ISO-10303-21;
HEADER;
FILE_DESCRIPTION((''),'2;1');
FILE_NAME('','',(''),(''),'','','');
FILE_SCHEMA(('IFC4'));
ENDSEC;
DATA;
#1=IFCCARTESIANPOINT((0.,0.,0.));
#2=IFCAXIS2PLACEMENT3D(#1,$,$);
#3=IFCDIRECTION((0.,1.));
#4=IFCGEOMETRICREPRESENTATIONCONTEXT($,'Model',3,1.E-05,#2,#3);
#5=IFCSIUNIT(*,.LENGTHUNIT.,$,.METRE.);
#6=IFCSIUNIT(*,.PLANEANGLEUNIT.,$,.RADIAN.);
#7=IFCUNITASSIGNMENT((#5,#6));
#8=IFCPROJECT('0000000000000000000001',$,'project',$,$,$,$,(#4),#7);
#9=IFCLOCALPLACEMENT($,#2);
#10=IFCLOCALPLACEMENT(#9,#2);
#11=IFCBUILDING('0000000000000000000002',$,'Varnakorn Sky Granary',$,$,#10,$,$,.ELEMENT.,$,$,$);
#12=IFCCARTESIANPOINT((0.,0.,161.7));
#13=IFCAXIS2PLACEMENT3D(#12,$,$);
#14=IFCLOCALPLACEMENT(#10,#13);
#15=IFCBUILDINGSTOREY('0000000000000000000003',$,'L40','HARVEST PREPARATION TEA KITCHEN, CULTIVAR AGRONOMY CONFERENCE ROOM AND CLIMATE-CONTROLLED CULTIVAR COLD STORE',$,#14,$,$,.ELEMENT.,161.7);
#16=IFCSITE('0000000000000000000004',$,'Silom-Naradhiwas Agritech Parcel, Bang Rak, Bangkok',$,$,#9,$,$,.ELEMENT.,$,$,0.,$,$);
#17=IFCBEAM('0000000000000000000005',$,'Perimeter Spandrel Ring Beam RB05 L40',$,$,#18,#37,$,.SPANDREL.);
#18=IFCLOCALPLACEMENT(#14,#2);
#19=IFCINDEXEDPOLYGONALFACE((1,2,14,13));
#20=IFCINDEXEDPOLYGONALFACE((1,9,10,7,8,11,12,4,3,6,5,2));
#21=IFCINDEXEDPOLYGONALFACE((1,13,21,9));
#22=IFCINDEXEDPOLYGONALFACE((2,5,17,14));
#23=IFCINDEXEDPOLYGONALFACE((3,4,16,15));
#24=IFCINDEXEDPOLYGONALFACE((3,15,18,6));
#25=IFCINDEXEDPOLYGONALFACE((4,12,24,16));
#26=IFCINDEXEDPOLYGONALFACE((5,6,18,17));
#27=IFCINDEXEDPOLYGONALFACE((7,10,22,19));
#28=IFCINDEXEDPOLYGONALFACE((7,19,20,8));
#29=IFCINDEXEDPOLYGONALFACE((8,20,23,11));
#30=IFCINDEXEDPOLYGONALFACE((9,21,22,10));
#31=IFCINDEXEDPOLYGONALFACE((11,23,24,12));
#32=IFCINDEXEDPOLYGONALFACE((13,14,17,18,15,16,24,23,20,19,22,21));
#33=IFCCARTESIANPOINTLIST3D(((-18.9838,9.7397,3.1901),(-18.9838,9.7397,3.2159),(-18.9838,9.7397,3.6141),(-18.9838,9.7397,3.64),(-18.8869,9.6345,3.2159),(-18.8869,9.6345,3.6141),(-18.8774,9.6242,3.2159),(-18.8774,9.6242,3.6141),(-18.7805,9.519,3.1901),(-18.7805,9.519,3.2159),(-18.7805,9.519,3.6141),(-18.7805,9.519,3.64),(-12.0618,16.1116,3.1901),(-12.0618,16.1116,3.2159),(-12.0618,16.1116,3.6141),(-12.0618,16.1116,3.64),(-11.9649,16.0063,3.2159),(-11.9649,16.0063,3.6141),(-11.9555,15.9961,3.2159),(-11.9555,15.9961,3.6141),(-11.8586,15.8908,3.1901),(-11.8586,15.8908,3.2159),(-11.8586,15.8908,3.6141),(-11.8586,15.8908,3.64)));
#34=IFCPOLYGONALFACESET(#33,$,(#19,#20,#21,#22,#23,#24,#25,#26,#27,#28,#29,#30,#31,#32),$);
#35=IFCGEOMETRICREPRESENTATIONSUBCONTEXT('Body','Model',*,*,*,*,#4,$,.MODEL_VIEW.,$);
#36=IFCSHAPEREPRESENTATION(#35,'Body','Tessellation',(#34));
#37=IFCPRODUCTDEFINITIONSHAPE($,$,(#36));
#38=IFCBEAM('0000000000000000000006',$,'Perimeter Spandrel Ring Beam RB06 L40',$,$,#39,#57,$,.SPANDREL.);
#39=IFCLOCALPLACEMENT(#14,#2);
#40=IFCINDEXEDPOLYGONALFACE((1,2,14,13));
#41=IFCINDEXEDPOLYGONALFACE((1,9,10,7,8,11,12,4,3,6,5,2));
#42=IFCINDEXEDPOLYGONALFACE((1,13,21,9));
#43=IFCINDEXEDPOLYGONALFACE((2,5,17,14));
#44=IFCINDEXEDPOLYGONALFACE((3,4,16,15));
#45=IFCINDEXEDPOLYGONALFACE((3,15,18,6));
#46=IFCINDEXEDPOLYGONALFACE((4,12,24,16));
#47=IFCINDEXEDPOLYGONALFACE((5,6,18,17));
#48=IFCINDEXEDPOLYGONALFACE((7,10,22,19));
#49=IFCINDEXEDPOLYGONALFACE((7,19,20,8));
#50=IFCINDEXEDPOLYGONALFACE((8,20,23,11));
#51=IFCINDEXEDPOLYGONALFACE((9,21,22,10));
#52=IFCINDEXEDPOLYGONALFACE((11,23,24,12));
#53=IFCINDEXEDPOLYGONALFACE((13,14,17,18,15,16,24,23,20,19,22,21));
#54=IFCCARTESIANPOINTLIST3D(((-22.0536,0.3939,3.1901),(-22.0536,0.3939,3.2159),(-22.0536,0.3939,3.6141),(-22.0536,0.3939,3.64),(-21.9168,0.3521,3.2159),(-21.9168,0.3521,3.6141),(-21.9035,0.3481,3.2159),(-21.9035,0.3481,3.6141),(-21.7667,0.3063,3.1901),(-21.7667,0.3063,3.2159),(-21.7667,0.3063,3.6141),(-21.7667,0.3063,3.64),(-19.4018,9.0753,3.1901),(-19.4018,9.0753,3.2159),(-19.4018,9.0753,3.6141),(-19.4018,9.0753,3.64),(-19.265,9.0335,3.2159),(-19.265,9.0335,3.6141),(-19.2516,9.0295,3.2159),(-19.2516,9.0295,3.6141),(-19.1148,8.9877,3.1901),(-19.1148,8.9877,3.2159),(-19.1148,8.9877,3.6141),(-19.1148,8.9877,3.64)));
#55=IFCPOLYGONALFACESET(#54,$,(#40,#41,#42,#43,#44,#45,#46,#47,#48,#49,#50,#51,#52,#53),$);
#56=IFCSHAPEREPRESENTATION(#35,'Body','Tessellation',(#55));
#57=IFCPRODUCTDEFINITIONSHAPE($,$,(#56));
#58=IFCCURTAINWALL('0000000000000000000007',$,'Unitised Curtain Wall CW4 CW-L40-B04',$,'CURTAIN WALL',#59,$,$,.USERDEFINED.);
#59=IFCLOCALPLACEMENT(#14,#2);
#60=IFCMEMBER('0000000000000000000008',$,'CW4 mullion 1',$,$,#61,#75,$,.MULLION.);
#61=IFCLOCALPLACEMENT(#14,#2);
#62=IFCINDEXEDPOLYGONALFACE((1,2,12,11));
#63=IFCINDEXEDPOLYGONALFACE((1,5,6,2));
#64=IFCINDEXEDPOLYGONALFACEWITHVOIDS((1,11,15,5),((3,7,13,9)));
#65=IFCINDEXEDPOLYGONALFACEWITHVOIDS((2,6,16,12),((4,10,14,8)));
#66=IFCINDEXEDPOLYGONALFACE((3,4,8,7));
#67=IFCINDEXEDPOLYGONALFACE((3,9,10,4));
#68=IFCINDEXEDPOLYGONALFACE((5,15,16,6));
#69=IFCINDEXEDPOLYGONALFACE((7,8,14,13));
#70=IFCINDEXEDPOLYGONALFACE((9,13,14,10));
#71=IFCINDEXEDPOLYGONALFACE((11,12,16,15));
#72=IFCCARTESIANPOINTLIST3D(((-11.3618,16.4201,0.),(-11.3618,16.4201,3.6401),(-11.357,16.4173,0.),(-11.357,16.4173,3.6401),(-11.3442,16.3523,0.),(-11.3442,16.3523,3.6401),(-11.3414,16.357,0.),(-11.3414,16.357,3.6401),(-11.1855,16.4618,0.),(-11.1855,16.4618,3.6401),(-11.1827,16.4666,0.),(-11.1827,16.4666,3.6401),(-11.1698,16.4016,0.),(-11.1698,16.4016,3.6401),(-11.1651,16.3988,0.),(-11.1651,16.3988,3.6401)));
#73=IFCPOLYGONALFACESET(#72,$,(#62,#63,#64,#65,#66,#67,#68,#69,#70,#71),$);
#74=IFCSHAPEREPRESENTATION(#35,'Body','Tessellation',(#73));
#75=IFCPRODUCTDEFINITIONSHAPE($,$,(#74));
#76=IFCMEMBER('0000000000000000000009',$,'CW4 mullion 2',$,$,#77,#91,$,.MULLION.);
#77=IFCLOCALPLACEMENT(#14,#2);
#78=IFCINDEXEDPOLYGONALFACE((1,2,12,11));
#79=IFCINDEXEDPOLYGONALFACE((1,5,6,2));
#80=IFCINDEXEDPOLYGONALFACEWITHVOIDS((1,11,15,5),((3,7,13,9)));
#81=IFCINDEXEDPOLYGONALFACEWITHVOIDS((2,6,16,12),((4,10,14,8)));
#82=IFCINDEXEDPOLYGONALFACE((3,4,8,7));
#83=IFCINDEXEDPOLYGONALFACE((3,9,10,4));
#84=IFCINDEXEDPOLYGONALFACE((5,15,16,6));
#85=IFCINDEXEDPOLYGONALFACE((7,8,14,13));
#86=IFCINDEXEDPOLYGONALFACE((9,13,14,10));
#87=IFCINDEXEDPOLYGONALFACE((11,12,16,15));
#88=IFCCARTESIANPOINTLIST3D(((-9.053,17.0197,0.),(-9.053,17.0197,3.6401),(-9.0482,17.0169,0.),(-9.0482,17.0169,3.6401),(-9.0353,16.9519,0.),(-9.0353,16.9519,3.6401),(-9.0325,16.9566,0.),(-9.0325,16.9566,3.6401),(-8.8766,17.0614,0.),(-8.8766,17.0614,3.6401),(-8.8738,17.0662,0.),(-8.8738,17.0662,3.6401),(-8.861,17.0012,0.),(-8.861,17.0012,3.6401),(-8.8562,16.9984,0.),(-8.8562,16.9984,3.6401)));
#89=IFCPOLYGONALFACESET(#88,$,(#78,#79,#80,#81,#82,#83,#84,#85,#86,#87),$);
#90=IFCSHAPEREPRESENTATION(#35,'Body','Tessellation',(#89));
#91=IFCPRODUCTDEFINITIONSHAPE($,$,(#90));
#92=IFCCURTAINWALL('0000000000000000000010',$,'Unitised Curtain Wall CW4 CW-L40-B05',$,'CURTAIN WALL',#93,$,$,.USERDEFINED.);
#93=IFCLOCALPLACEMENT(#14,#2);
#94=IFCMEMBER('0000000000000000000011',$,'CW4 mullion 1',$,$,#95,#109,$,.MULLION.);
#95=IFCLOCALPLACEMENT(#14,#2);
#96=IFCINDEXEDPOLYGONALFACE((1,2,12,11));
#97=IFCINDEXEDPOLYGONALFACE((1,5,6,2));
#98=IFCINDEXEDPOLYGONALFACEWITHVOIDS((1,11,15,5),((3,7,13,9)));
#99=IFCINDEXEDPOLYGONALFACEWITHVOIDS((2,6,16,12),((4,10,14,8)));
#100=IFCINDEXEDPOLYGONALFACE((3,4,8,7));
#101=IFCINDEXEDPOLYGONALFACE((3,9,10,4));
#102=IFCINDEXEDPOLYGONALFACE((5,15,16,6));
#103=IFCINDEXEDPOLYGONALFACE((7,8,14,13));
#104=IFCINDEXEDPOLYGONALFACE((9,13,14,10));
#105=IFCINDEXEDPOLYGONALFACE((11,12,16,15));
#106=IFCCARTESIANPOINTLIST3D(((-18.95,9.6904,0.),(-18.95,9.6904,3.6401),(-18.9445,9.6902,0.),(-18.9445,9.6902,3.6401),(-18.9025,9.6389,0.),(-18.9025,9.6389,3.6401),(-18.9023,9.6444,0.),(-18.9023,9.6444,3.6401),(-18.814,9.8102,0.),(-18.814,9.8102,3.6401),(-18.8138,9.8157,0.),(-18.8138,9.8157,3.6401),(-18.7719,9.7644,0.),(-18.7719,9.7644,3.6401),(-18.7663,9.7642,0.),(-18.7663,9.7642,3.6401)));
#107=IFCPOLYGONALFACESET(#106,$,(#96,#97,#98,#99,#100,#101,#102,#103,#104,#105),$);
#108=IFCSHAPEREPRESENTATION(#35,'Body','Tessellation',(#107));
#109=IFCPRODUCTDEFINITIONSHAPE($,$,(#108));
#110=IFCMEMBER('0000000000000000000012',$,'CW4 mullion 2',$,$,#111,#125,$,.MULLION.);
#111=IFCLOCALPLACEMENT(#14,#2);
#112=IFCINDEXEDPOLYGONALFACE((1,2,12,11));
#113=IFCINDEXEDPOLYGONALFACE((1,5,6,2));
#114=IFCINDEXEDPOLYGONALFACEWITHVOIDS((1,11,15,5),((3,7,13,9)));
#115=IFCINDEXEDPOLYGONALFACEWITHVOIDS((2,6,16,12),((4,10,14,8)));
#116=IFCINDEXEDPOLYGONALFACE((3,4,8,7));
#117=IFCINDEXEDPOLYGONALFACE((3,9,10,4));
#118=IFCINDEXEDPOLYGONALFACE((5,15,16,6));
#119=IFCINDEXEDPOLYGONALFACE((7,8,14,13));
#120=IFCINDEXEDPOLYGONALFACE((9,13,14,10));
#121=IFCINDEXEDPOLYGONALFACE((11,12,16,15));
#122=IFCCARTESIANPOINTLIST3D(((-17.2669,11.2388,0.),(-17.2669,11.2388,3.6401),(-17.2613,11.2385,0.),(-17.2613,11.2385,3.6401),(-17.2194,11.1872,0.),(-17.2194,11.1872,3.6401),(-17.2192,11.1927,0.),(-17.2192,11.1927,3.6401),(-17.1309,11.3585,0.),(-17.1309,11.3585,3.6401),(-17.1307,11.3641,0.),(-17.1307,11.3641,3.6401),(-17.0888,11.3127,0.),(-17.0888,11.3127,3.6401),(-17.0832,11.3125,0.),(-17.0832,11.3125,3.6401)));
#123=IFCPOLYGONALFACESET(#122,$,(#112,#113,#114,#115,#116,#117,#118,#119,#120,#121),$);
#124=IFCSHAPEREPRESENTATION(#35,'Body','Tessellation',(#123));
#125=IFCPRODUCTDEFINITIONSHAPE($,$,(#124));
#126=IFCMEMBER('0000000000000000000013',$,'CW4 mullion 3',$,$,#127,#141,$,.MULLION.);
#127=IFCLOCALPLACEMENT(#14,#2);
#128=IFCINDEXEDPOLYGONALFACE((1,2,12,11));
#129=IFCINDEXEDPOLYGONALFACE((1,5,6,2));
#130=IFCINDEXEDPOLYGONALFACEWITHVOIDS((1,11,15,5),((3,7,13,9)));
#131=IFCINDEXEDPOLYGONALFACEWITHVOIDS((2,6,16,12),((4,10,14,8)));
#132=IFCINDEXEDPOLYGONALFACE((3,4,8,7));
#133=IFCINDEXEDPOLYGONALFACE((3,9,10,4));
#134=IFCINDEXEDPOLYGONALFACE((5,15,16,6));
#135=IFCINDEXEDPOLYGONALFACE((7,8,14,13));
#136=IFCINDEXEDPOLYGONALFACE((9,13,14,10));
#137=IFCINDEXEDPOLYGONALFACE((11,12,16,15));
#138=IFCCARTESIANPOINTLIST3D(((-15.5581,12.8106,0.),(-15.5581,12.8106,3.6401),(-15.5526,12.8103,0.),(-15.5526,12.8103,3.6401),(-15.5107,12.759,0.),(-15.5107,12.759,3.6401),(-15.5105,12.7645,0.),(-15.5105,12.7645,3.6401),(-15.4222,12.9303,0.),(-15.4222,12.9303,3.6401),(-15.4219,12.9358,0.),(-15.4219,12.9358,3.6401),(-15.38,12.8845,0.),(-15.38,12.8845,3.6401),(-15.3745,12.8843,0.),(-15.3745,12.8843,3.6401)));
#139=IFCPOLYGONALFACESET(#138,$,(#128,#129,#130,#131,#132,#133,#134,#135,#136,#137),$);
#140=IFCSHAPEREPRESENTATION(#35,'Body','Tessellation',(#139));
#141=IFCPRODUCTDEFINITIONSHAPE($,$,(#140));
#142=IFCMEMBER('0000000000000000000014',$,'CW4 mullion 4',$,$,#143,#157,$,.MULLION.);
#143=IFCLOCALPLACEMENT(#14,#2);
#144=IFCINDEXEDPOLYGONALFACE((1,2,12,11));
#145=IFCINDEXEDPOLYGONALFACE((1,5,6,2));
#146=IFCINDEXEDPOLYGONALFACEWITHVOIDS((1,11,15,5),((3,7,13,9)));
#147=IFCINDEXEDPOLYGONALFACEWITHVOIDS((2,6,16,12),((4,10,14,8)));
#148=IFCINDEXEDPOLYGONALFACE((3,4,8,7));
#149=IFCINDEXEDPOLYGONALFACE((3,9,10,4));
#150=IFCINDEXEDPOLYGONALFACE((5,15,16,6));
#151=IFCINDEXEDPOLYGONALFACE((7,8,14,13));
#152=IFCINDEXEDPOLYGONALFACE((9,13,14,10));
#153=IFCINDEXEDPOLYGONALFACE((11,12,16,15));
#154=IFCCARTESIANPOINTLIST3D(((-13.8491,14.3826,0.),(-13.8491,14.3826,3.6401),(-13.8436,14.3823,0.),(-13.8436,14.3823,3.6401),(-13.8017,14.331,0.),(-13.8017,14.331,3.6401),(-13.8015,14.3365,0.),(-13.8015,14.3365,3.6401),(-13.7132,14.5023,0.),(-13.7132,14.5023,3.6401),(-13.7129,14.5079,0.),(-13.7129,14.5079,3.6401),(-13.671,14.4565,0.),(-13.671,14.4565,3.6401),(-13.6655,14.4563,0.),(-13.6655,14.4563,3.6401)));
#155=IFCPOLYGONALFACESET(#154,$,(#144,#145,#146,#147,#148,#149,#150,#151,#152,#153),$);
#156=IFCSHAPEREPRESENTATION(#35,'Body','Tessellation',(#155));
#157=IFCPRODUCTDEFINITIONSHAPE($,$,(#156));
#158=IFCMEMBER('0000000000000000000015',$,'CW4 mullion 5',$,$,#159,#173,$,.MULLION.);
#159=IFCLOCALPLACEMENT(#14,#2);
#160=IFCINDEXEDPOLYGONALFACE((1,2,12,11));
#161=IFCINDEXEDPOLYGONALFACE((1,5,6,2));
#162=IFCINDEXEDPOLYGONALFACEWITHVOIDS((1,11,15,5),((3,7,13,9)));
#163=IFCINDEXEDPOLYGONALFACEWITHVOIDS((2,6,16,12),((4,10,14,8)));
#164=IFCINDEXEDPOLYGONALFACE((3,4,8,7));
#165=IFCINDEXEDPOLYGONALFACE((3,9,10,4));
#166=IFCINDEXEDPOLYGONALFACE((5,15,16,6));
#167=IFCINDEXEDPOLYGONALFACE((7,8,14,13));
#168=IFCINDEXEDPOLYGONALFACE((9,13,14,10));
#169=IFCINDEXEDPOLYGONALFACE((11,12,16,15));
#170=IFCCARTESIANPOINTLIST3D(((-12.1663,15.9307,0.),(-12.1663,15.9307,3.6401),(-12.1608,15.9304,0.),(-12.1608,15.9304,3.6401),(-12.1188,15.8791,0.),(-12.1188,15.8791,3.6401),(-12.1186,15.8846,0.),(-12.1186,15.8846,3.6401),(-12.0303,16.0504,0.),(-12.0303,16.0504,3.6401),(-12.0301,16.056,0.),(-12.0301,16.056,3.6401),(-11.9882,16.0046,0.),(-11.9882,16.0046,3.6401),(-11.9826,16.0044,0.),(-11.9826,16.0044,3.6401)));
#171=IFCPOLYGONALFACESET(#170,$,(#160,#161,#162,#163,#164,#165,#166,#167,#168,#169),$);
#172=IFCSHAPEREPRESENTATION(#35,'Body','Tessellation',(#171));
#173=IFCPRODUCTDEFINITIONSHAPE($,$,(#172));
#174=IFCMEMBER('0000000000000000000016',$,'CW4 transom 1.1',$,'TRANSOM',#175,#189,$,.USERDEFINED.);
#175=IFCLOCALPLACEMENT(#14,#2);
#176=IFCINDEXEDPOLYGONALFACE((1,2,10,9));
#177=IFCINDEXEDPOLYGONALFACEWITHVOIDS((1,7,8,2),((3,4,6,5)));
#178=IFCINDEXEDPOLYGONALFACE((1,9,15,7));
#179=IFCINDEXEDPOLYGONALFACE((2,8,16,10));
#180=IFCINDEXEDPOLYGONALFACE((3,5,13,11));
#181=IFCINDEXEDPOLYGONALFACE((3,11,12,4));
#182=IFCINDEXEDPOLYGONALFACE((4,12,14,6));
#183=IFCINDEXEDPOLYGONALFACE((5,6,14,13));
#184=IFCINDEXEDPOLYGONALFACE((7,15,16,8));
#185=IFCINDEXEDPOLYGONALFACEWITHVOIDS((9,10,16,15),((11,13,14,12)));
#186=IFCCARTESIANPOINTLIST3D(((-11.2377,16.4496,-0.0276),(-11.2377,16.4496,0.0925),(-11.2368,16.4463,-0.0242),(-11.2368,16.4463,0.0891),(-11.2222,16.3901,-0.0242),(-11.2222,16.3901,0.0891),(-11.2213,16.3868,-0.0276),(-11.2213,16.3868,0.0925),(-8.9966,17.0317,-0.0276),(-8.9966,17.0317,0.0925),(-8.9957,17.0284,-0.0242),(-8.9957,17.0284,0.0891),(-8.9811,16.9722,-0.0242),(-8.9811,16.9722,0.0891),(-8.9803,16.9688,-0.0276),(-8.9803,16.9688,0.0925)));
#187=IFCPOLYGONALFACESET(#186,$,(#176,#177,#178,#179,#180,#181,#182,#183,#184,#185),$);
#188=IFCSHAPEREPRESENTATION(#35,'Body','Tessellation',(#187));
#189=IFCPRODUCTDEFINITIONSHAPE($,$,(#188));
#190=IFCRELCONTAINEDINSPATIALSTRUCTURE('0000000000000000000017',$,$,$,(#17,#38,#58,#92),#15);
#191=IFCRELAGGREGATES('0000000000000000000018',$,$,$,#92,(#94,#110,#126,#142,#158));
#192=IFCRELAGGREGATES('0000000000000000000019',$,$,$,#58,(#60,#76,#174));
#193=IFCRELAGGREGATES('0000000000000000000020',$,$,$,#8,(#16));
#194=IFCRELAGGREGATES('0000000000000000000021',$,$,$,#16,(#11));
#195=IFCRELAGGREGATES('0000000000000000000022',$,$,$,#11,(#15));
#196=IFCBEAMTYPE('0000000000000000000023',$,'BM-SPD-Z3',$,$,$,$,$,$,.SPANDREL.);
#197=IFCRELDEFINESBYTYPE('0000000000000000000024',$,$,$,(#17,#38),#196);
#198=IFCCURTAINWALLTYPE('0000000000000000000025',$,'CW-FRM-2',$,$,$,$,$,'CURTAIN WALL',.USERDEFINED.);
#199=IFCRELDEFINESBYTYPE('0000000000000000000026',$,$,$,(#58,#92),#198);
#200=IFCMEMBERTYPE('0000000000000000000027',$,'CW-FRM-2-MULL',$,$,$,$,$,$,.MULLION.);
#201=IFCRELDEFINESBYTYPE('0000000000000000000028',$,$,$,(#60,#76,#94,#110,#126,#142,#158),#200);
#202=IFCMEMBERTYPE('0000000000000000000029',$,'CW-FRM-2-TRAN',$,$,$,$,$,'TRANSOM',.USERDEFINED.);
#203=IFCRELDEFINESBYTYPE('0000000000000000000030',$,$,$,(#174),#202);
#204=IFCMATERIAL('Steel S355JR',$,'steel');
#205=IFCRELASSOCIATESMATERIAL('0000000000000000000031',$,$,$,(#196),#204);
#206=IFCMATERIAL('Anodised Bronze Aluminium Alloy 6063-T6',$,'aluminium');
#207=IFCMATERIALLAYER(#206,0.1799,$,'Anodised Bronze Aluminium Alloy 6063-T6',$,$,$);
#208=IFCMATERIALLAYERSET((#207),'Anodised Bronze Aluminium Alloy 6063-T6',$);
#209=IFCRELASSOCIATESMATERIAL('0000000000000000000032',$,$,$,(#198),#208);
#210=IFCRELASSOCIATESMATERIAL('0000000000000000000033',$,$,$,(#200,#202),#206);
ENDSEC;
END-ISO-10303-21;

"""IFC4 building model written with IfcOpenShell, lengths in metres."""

from ifc_helpers import new_model, si_unit, direction, frame, origin, origin_2d, place, context, subcontext, project, spatial, hollow_rectangle, i_section, extrude, material, layer, layer_set, material_profile, profile_set, type_object, element, aggregate, save


model = new_model("IFC4")

# Units and contexts
model_context = context("Model", 3, precision=1e-05, world=origin(), true_north=direction((0.0, 1.0)))
body_context = subcontext(model_context, "Body", "Model", "MODEL_VIEW")
ifc_project = project(units=[si_unit("LENGTHUNIT", "METRE"), si_unit("PLANEANGLEUNIT", "RADIAN")], contexts=[model_context])

# Site, building, storey
site_placement = place(None, origin())
site = spatial("IfcSite", under=ifc_project, at=site_placement, Name="Silom-Naradhiwas Agritech Parcel, Bang Rak, Bangkok", CompositionType="ELEMENT", RefElevation=0.0)
building_placement = place(site_placement, origin())
building = spatial("IfcBuilding", under=site, at=building_placement, Name="Varnakorn Sky Granary", CompositionType="ELEMENT")
storey_placement = place(building_placement, frame((0.0, 0.0, 161.7)))
storey = spatial("IfcBuildingStorey", under=building, at=storey_placement, Name="L40", Description="HARVEST PREPARATION TEA KITCHEN, CULTIVAR AGRONOMY CONFERENCE ROOM AND CLIMATE-CONTROLLED CULTIVAR COLD STORE", CompositionType="ELEMENT", Elevation=161.7)

# Beams
ifc_material_1 = material(Name="Steel S355JR", Category="steel")
ifc_material_profile_1 = material_profile(ifc_material_1, i_section(OverallWidth=0.3, OverallDepth=0.45, WebThickness=0.0139, FlangeThickness=0.0259, at=origin_2d()), Name="HE 450 B")
ifc_profile_set_1 = profile_set([ifc_material_profile_1], Name="Steel S355JR")
beam_type_1 = type_object("IfcBeamType", Name="BM-SPD-Z3", PredefinedType="SPANDREL", material=ifc_profile_set_1)
beam_1_placement = place(storey_placement, frame((-11.9602, 16.0012, 3.415), z_axis=(-0.735735, -0.67727, 0.0), x_axis=(0.67727, -0.735735, 0.0)))
element("IfcBeam", 1, at=beam_1_placement, inside=storey, type_object=beam_type_1, Name="Perimeter Spandrel Ring Beam RB05 L40", PredefinedType="SPANDREL", context=body_context, shape_type="SweptSolid", body=[
    extrude(i_section(OverallWidth=0.3, OverallDepth=0.45, WebThickness=0.0139, FlangeThickness=0.0259, at=origin_2d()), origin(), (0.0, 0.0, 1.0), 9.4082),
])
beam_2_placement = place(storey_placement, frame((-19.2583, 9.0315, 3.415), z_axis=(-0.292139, -0.956376, 0.0), x_axis=(0.956376, -0.292139, 0.0)))
element("IfcBeam", 2, at=beam_2_placement, inside=storey, type_object=beam_type_1, Name="Perimeter Spandrel Ring Beam RB06 L40", PredefinedType="SPANDREL", context=body_context, shape_type="SweptSolid", body=[
    extrude(i_section(OverallWidth=0.3, OverallDepth=0.45, WebThickness=0.0139, FlangeThickness=0.0259, at=origin_2d()), origin(), (0.0, 0.0, 1.0), 9.0774),
])

# Curtain walls, members
ifc_material_2 = material(Name="Anodised Bronze Aluminium Alloy 6063-T6", Category="aluminium")
ifc_layer_1 = layer(ifc_material_2, 0.1799, Name="Anodised Bronze Aluminium Alloy 6063-T6")
ifc_layer_set_1 = layer_set([ifc_layer_1], Name="Anodised Bronze Aluminium Alloy 6063-T6")
curtain_wall_type = type_object("IfcCurtainWallType", Name="CW-FRM-2", ElementType="CURTAIN WALL", PredefinedType="USERDEFINED", material=ifc_layer_set_1)
curtain_wall_1_placement = place(storey_placement, origin())
curtain_wall_1 = element("IfcCurtainWall", 3, at=curtain_wall_1_placement, inside=storey, type_object=curtain_wall_type, Name="Unitised Curtain Wall CW4 CW-L40-B04", ObjectType="CURTAIN WALL", PredefinedType="USERDEFINED")
ifc_material_profile_2 = material_profile(ifc_material_2, hollow_rectangle(XDim=0.0701, YDim=0.1851, WallThickness=0.0039, at=origin_2d()), Name="ALU MULL 70x185")
ifc_profile_set_2 = profile_set([ifc_material_profile_2], Name="Anodised Bronze Aluminium Alloy 6063-T6")
member_type_1 = type_object("IfcMemberType", Name="CW-FRM-2-MULL", PredefinedType="MULLION", material=ifc_profile_set_2)
member_1_placement = place(storey_placement, frame((-11.2634, 16.4094, 0.0), z_axis=(0.0, 0.0, 1.0), x_axis=(-0.251363, 0.967893, 0.0)))
member_1 = element("IfcMember", 4, at=member_1_placement, type_object=member_type_1, Name="CW4 mullion 1", PredefinedType="MULLION", context=body_context, shape_type="SweptSolid", body=[
    extrude(hollow_rectangle(XDim=0.0701, YDim=0.1851, WallThickness=0.0039, at=origin_2d()), origin(), (0.0, 0.0, 1.0), 3.6401),
])
member_2_placement = place(storey_placement, frame((-8.9546, 17.009, 0.0), z_axis=(0.0, 0.0, 1.0), x_axis=(-0.251363, 0.967893, 0.0)))
member_2 = element("IfcMember", 5, at=member_2_placement, type_object=member_type_1, Name="CW4 mullion 2", PredefinedType="MULLION", context=body_context, shape_type="SweptSolid", body=[
    extrude(hollow_rectangle(XDim=0.0701, YDim=0.1851, WallThickness=0.0039, at=origin_2d()), origin(), (0.0, 0.0, 1.0), 3.6401),
])
curtain_wall_2_placement = place(storey_placement, origin())
curtain_wall_2 = element("IfcCurtainWall", 6, at=curtain_wall_2_placement, inside=storey, type_object=curtain_wall_type, Name="Unitised Curtain Wall CW4 CW-L40-B05", ObjectType="CURTAIN WALL", PredefinedType="USERDEFINED")
member_3_placement = place(storey_placement, frame((-18.8582, 9.7273, 0.0), z_axis=(0.0, 0.0, 1.0), x_axis=(-0.677011, 0.735973, 0.0)))
member_3 = element("IfcMember", 7, at=member_3_placement, type_object=member_type_1, Name="CW4 mullion 1", PredefinedType="MULLION", context=body_context, shape_type="SweptSolid", body=[
    extrude(hollow_rectangle(XDim=0.0701, YDim=0.1851, WallThickness=0.0039, at=origin_2d()), origin(), (0.0, 0.0, 1.0), 3.6401),
])
member_4_placement = place(storey_placement, frame((-17.175, 11.2756, 0.0), z_axis=(0.0, 0.0, 1.0), x_axis=(-0.677011, 0.735973, 0.0)))
member_4 = element("IfcMember", 8, at=member_4_placement, type_object=member_type_1, Name="CW4 mullion 2", PredefinedType="MULLION", context=body_context, shape_type="SweptSolid", body=[
    extrude(hollow_rectangle(XDim=0.0701, YDim=0.1851, WallThickness=0.0039, at=origin_2d()), origin(), (0.0, 0.0, 1.0), 3.6401),
])
member_5_placement = place(storey_placement, frame((-15.4663, 12.8474, 0.0), z_axis=(0.0, 0.0, 1.0), x_axis=(-0.677011, 0.735973, 0.0)))
member_5 = element("IfcMember", 9, at=member_5_placement, type_object=member_type_1, Name="CW4 mullion 3", PredefinedType="MULLION", context=body_context, shape_type="SweptSolid", body=[
    extrude(hollow_rectangle(XDim=0.0701, YDim=0.1851, WallThickness=0.0039, at=origin_2d()), origin(), (0.0, 0.0, 1.0), 3.6401),
])
member_6_placement = place(storey_placement, frame((-13.7573, 14.4194, 0.0), z_axis=(0.0, 0.0, 1.0), x_axis=(-0.677011, 0.735973, 0.0)))
member_6 = element("IfcMember", 10, at=member_6_placement, type_object=member_type_1, Name="CW4 mullion 4", PredefinedType="MULLION", context=body_context, shape_type="SweptSolid", body=[
    extrude(hollow_rectangle(XDim=0.0701, YDim=0.1851, WallThickness=0.0039, at=origin_2d()), origin(), (0.0, 0.0, 1.0), 3.6401),
])
member_7_placement = place(storey_placement, frame((-12.0745, 15.9675, 0.0), z_axis=(0.0, 0.0, 1.0), x_axis=(-0.677011, 0.735973, 0.0)))
member_7 = element("IfcMember", 11, at=member_7_placement, type_object=member_type_1, Name="CW4 mullion 5", PredefinedType="MULLION", context=body_context, shape_type="SweptSolid", body=[
    extrude(hollow_rectangle(XDim=0.0701, YDim=0.1851, WallThickness=0.0039, at=origin_2d()), origin(), (0.0, 0.0, 1.0), 3.6401),
])

# Member
ifc_material_profile_3 = material_profile(ifc_material_2, hollow_rectangle(XDim=0.0649, YDim=0.1201, WallThickness=0.0034, at=origin_2d()), Name="ALU TRAN 65x120")
ifc_profile_set_3 = profile_set([ifc_material_profile_3], Name="Anodised Bronze Aluminium Alloy 6063-T6")
member_type_2 = type_object("IfcMemberType", Name="CW-FRM-2-TRAN", ElementType="TRANSOM", PredefinedType="USERDEFINED", material=ifc_profile_set_3)
member_8_placement = place(storey_placement, frame((-11.2295, 16.4182, 0.0325), z_axis=(0.967888, 0.251383, 0.0), x_axis=(-0.251383, 0.967888, 0.0)))
member_8 = element("IfcMember", 12, at=member_8_placement, type_object=member_type_2, Name="CW4 transom 1.1", ObjectType="TRANSOM", PredefinedType="USERDEFINED", context=body_context, shape_type="SweptSolid", body=[
    extrude(hollow_rectangle(XDim=0.0649, YDim=0.1201, WallThickness=0.0034, at=origin_2d()), origin(), (0.0, 0.0, 1.0), 2.3154),
])

aggregate(curtain_wall_2, [member_3, member_4, member_5, member_6, member_7])
aggregate(curtain_wall_1, [member_1, member_2, member_8])

save(model, "model.ifc")
